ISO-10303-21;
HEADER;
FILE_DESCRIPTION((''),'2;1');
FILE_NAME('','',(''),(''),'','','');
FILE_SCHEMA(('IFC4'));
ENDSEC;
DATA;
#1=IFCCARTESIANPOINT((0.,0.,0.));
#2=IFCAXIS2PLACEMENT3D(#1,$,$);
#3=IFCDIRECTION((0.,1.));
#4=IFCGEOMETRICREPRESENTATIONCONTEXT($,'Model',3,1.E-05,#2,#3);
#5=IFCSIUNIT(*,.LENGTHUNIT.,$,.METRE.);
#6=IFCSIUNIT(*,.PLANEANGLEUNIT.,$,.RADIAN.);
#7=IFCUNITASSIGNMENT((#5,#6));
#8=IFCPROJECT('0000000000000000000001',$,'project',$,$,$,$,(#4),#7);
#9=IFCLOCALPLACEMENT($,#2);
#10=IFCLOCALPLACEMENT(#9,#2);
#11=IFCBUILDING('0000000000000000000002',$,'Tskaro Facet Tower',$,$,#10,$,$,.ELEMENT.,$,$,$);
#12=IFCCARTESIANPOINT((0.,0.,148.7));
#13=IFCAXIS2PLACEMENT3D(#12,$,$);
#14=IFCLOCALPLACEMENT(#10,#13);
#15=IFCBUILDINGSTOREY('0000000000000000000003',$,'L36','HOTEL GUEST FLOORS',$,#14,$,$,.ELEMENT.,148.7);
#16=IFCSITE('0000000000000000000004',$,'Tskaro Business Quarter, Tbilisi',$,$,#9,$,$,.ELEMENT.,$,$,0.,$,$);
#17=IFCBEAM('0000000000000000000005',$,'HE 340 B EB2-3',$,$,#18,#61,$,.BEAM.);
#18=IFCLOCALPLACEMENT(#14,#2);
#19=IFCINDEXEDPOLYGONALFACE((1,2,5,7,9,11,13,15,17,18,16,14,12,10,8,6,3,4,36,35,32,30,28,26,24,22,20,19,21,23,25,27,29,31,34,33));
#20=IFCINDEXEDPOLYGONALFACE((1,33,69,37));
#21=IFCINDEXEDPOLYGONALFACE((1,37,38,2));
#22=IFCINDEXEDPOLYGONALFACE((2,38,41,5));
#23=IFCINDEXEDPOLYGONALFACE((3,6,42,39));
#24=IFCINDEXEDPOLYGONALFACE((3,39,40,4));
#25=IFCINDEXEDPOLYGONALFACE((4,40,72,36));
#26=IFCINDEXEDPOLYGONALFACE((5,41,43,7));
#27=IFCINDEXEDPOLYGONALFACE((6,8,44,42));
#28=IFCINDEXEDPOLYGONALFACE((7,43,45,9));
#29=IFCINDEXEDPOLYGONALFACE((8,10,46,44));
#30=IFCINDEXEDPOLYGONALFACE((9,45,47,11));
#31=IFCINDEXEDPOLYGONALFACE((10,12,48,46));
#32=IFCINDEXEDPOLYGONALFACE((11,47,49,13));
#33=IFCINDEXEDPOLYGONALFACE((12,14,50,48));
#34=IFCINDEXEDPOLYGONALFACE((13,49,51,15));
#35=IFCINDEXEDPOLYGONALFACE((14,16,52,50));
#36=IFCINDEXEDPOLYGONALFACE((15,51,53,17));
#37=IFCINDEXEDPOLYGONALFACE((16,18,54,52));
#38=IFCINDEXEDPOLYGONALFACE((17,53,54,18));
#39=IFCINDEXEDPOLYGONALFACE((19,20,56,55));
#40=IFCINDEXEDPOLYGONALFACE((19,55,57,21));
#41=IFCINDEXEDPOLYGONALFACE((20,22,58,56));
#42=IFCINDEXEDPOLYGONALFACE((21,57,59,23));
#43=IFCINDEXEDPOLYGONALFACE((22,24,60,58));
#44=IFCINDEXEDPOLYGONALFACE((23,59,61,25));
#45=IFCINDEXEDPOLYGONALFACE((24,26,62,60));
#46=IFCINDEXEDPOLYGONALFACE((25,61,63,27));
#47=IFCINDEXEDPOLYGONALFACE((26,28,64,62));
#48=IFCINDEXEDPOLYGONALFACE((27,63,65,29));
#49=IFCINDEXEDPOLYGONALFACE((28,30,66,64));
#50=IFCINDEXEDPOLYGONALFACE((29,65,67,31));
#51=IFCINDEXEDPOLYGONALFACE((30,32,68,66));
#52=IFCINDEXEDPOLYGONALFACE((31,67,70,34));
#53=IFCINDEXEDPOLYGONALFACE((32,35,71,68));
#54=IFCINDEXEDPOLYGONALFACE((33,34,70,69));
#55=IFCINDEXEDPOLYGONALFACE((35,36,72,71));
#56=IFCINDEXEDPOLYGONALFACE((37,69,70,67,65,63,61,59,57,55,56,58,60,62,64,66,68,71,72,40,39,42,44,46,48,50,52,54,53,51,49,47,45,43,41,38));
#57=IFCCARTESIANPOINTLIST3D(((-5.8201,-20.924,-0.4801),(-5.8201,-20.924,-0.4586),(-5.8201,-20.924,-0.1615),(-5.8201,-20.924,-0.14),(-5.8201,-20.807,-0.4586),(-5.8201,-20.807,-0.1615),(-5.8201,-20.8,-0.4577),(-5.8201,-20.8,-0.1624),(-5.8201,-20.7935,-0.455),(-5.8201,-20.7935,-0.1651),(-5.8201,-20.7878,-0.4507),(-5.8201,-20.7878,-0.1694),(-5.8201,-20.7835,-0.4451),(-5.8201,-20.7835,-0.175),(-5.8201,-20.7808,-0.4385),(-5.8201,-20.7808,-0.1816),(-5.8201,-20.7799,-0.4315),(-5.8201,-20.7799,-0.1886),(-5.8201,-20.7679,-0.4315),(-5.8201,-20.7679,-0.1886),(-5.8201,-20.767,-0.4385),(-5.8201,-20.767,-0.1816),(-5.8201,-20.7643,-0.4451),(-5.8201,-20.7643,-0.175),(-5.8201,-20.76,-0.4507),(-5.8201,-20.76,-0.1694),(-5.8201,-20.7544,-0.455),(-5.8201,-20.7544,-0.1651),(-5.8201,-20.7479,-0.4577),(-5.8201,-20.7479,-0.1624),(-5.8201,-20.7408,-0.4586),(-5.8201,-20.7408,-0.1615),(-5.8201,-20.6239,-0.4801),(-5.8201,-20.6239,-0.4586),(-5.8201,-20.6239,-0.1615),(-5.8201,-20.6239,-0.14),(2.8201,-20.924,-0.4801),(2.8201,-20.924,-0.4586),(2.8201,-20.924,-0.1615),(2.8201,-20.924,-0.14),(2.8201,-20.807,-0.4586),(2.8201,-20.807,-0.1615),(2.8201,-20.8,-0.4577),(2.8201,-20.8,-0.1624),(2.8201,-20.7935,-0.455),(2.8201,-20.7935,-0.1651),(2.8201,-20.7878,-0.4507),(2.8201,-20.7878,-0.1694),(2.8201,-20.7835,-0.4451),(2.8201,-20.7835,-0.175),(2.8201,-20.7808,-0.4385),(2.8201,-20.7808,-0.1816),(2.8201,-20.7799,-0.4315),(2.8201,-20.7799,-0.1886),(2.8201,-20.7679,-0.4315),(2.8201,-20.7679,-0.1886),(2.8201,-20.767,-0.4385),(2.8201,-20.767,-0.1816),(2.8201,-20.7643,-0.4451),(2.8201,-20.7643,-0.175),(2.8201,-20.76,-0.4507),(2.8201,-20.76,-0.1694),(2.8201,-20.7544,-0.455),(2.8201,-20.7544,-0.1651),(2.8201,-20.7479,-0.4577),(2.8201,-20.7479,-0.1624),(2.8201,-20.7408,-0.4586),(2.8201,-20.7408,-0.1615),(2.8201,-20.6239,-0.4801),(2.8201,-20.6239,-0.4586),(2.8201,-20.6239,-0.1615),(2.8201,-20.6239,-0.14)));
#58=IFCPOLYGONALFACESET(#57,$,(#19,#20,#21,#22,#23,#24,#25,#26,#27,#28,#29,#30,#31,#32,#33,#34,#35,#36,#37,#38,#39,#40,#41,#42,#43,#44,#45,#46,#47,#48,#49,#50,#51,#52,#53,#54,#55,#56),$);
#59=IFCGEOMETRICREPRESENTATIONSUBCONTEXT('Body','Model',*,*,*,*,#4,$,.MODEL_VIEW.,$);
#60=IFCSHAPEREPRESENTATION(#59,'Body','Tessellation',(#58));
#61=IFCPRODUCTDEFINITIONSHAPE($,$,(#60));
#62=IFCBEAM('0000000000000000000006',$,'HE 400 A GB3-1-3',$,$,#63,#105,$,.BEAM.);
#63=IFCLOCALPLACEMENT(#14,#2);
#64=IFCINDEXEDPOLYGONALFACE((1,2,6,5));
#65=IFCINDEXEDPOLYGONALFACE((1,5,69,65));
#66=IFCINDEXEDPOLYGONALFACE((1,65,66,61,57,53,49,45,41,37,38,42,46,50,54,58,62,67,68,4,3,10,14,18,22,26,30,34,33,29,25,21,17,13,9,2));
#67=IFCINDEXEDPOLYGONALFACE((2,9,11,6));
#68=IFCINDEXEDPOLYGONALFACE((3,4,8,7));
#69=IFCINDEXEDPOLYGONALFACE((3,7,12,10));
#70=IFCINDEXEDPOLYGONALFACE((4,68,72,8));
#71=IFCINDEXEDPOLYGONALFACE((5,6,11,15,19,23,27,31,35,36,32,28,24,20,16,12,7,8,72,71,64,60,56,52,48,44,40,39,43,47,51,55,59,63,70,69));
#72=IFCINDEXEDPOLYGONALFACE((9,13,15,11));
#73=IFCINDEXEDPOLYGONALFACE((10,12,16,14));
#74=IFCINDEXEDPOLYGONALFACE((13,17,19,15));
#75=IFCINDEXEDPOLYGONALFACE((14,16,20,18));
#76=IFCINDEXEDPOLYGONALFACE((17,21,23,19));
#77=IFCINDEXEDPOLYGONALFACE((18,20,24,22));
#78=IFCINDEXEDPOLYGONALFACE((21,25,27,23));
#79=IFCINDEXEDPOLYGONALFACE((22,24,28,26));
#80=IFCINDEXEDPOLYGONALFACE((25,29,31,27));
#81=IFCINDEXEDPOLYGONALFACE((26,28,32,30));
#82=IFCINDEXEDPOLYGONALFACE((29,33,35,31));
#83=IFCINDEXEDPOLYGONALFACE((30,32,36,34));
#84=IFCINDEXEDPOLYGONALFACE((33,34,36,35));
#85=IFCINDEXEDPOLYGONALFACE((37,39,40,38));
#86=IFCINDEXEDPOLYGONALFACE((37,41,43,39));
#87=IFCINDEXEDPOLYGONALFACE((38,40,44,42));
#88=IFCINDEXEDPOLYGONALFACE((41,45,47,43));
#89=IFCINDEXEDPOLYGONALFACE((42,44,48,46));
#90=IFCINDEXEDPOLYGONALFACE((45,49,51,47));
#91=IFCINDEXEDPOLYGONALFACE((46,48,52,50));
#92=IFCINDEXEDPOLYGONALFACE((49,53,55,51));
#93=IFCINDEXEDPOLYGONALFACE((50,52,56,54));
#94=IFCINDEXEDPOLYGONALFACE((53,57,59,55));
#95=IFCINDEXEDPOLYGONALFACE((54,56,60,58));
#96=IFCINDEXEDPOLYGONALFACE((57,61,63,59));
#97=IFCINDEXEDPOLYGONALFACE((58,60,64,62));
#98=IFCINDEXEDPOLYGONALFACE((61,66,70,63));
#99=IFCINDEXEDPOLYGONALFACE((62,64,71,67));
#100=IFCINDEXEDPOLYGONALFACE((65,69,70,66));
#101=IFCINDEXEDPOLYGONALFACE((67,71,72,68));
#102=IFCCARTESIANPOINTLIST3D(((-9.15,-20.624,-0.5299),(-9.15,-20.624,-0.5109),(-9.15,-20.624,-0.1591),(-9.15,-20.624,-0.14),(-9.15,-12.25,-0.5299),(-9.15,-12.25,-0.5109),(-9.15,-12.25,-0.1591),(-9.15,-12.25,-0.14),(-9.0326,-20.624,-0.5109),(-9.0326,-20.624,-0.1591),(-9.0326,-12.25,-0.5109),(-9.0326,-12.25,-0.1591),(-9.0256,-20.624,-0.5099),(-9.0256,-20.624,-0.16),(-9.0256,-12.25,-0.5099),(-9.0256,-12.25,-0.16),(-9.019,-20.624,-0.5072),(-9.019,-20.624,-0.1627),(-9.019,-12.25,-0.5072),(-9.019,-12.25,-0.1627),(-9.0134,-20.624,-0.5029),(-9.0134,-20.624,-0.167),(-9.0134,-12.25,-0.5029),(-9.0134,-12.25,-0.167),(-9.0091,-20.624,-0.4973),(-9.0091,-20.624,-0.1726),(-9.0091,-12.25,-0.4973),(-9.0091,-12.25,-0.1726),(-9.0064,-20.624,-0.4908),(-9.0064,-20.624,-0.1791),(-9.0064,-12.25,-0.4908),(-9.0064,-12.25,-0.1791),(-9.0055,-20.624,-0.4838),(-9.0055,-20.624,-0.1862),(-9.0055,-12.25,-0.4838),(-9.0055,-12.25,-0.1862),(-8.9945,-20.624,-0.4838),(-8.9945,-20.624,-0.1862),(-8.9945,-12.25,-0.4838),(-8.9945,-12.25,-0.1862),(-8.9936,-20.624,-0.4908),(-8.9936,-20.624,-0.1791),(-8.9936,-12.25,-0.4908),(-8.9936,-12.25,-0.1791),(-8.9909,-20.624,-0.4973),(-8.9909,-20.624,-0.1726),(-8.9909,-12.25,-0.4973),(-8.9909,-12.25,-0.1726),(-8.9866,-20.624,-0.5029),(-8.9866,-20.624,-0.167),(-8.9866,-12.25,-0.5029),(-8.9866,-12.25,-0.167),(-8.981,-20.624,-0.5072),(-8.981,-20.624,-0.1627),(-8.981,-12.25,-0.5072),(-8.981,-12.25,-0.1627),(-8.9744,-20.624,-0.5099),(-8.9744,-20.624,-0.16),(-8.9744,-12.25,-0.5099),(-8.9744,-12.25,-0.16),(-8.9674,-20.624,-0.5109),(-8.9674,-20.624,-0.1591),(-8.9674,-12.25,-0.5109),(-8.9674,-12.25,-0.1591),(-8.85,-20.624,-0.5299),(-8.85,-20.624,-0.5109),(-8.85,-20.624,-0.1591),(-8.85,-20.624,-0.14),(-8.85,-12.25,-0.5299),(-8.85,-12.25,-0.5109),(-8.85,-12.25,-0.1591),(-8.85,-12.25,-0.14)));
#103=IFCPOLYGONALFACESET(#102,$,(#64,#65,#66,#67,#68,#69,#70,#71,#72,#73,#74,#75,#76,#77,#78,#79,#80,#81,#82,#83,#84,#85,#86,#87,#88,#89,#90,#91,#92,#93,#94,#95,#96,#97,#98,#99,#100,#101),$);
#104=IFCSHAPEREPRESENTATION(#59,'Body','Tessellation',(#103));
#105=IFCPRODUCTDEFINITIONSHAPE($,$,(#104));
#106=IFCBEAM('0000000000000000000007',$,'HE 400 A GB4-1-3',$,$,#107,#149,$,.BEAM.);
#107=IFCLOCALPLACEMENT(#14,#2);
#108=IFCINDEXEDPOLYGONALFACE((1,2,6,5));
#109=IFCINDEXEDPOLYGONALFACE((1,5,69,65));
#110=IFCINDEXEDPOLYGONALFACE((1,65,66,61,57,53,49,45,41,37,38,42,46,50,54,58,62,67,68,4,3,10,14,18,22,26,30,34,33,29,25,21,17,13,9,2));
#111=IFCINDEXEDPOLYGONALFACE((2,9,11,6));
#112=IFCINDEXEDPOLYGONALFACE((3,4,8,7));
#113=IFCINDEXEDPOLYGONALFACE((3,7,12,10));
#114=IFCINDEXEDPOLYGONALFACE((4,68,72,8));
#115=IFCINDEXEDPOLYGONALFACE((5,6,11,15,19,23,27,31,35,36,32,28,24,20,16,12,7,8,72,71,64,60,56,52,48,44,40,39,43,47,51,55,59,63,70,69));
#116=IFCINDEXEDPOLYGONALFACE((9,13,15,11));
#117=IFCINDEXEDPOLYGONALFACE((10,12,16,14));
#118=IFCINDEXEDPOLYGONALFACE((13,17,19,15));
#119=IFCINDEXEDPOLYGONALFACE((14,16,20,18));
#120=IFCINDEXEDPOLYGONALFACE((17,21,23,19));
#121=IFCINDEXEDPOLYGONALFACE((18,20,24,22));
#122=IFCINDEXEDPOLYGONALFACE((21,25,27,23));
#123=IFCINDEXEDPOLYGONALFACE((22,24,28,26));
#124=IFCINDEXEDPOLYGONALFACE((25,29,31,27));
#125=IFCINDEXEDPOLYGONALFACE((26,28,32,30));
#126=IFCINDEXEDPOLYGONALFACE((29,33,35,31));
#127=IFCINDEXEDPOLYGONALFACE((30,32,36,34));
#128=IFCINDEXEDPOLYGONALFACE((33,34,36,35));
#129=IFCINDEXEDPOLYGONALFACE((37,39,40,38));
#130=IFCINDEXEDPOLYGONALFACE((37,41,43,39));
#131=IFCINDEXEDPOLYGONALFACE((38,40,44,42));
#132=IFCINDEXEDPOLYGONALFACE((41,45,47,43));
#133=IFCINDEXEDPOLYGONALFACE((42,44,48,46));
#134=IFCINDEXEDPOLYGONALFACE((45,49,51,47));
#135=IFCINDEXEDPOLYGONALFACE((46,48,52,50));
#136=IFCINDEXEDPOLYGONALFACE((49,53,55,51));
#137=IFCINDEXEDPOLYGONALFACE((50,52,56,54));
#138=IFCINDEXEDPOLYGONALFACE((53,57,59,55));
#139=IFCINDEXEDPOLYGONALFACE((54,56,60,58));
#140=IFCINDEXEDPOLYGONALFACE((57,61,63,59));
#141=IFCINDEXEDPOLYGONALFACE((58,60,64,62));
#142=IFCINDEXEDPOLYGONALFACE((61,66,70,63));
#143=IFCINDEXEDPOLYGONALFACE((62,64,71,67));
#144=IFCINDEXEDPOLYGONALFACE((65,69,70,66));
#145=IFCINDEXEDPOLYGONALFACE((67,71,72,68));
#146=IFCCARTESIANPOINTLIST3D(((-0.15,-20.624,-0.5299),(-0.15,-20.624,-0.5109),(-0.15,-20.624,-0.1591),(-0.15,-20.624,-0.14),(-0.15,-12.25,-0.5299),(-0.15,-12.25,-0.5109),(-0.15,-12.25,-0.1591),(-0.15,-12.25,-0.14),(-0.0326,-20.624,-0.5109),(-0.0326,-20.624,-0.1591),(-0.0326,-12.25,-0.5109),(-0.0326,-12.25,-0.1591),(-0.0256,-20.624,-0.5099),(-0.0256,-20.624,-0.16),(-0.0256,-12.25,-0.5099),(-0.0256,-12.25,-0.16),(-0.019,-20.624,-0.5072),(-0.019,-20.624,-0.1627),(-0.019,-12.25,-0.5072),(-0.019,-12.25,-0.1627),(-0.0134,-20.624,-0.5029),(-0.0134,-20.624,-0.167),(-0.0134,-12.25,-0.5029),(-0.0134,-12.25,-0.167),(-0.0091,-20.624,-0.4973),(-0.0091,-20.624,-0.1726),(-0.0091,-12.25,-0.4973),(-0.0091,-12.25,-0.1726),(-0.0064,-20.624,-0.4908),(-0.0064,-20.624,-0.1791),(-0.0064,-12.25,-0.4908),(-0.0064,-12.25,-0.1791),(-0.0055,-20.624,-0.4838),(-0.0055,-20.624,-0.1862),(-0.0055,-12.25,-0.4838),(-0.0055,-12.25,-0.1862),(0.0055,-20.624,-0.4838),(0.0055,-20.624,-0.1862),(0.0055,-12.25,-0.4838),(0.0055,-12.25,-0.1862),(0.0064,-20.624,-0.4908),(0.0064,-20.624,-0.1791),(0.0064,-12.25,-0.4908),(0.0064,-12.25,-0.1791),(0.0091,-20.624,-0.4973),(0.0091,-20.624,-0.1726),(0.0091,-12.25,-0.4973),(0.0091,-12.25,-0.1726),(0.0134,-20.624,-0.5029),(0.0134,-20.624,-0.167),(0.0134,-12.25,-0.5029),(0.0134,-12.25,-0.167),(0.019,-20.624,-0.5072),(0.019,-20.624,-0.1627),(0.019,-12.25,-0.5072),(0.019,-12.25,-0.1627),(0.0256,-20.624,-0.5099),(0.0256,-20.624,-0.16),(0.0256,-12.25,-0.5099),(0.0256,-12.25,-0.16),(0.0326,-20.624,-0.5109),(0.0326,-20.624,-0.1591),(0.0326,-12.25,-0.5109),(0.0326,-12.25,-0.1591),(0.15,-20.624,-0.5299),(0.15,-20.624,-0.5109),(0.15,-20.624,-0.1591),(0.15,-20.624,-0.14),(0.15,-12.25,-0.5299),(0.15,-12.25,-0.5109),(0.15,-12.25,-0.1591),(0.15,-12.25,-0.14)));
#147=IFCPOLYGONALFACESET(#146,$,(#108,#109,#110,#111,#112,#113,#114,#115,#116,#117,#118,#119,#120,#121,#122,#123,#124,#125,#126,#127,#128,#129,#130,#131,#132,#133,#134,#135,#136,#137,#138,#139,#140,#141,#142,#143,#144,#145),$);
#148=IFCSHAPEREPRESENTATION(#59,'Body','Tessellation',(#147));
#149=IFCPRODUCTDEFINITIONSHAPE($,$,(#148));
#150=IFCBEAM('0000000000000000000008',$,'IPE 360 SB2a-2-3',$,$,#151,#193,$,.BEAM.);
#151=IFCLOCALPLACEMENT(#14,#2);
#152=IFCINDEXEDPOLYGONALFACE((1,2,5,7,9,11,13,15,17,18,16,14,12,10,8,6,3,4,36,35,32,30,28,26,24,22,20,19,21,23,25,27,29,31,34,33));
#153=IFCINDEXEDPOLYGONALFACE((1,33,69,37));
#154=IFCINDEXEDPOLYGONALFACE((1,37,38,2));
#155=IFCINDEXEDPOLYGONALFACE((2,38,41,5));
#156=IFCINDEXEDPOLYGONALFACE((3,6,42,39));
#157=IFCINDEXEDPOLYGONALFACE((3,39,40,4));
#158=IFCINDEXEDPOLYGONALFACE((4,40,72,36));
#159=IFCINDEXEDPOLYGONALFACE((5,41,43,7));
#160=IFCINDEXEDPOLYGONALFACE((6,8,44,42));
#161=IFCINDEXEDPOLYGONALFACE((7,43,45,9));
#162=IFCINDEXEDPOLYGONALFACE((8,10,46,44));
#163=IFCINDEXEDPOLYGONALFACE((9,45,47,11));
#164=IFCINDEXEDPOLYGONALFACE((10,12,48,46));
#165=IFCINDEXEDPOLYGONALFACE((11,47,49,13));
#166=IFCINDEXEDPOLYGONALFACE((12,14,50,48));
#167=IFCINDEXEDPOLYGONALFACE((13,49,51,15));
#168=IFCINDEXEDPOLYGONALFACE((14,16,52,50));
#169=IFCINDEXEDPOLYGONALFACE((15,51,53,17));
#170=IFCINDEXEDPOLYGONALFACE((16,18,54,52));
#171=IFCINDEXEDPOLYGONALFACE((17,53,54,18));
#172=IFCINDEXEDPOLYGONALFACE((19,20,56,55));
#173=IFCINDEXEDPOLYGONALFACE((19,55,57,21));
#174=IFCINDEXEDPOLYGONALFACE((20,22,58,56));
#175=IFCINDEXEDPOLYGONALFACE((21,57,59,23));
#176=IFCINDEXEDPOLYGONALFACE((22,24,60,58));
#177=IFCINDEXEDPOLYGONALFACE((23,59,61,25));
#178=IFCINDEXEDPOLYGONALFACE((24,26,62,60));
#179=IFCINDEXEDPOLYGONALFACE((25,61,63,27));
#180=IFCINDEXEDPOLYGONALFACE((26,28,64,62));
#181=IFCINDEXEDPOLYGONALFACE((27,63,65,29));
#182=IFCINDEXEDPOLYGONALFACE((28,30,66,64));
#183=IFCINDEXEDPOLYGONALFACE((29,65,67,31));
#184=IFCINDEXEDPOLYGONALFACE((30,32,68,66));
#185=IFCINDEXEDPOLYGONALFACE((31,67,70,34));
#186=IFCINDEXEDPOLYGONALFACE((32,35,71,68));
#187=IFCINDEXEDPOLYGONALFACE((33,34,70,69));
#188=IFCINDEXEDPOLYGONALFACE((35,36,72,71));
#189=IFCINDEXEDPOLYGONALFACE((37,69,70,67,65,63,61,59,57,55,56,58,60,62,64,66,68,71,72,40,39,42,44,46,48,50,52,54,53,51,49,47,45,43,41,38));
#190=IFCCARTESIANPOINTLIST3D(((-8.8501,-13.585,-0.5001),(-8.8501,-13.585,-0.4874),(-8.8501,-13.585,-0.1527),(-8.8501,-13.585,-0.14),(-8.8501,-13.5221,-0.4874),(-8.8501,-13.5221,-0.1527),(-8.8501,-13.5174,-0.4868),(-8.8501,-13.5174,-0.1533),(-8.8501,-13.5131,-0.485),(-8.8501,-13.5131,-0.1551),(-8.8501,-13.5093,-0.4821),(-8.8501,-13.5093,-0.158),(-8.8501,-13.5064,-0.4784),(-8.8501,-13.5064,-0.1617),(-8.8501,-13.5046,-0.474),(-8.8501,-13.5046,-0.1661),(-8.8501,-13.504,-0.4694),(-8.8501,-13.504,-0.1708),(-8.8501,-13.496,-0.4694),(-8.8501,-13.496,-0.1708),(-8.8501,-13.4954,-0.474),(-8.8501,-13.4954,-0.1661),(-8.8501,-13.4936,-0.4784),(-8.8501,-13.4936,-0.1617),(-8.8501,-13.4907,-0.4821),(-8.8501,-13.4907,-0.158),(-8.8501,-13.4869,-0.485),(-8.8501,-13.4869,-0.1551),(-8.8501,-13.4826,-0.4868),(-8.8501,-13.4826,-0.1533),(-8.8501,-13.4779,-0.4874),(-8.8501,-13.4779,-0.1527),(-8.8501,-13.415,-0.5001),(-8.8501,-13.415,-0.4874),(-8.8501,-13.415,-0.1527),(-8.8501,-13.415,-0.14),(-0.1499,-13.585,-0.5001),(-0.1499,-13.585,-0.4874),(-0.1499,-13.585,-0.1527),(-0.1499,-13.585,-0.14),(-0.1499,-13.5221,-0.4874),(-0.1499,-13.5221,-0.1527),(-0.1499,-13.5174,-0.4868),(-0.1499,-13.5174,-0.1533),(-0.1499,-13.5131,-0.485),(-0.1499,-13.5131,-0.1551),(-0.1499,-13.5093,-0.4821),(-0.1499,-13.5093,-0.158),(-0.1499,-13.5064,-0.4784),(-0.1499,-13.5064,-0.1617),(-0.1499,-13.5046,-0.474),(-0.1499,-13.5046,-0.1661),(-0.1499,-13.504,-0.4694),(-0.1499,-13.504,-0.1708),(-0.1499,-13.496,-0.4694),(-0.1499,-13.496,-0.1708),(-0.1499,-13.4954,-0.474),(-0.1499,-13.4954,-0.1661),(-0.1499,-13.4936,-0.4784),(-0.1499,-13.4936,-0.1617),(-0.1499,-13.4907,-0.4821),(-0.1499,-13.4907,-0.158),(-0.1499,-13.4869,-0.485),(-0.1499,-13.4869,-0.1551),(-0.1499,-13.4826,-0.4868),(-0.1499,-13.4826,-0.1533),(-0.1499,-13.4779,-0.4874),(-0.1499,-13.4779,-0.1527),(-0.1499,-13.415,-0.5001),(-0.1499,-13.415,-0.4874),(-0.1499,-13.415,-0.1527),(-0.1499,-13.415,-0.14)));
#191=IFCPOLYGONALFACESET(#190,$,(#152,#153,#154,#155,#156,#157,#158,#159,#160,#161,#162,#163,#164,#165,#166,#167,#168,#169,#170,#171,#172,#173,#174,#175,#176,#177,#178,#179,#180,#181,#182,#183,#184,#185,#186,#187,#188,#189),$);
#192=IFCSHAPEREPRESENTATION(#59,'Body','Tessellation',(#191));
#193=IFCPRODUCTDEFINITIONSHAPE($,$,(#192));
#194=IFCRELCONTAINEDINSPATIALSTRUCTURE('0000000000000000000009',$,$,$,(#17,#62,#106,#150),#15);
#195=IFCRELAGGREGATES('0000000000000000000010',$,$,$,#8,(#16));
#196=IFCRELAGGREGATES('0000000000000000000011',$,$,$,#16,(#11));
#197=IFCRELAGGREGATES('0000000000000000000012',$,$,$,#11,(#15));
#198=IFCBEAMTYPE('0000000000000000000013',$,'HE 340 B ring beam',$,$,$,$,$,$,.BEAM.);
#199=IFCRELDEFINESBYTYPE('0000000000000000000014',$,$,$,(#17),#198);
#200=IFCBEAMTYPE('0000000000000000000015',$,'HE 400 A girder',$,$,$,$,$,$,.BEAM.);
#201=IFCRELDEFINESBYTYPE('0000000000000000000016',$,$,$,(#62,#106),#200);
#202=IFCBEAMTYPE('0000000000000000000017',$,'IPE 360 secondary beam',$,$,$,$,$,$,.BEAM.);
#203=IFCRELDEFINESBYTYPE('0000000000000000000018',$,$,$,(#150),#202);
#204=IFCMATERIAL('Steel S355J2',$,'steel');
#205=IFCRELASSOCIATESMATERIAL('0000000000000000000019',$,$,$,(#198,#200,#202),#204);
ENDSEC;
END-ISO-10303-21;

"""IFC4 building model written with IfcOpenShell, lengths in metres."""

from ifc_helpers import new_model, si_unit, direction, frame, origin, origin_2d, place, context, subcontext, project, spatial, i_section, extrude, material, material_profile, profile_set, type_object, element, save


model = new_model("IFC4")

# Units and contexts
model_context = context("Model", 3, precision=1e-05, world=origin(), true_north=direction((0.0, 1.0)))
body_context = subcontext(model_context, "Body", "Model", "MODEL_VIEW")
ifc_project = project(units=[si_unit("LENGTHUNIT", "METRE"), si_unit("PLANEANGLEUNIT", "RADIAN")], contexts=[model_context])

# Site, building, storey
site_placement = place(None, origin())
site = spatial("IfcSite", under=ifc_project, at=site_placement, Name="Tskaro Business Quarter, Tbilisi", CompositionType="ELEMENT", RefElevation=0.0)
building_placement = place(site_placement, origin())
building = spatial("IfcBuilding", under=site, at=building_placement, Name="Tskaro Facet Tower", CompositionType="ELEMENT")
storey_placement = place(building_placement, frame((0.0, 0.0, 148.7)))
storey = spatial("IfcBuildingStorey", under=building, at=storey_placement, Name="L36", Description="HOTEL GUEST FLOORS", CompositionType="ELEMENT", Elevation=148.7)

# Beams
ifc_material_1 = material(Name="Steel S355J2", Category="steel")
ifc_material_profile_1 = material_profile(ifc_material_1, i_section(OverallWidth=0.3, OverallDepth=0.3401, WebThickness=0.012, FlangeThickness=0.0215, FilletRadius=0.0271, at=origin_2d()), Name="HE 340 B")
ifc_profile_set_1 = profile_set([ifc_material_profile_1], Name="Steel S355J2")
beam_type_1 = type_object("IfcBeamType", Name="HE 340 B ring beam", PredefinedType="BEAM", material=ifc_profile_set_1)
beam_placement = place(storey_placement, frame((-5.8201, -20.7739, -0.3101), z_axis=(1.0, 0.0, 0.0), x_axis=(0.0, 1.0, 0.0)))
element("IfcBeam", 1, at=beam_placement, inside=storey, type_object=beam_type_1, Name="HE 340 B EB2-3", PredefinedType="BEAM", context=body_context, shape_type="SweptSolid", body=[
    extrude(i_section(OverallWidth=0.3, OverallDepth=0.3401, WebThickness=0.012, FlangeThickness=0.0215, FilletRadius=0.0271, at=origin_2d()), origin(), (0.0, 0.0, 1.0), 8.6401),
])
ifc_material_profile_2 = material_profile(ifc_material_1, i_section(OverallWidth=0.3, OverallDepth=0.3899, WebThickness=0.011, FlangeThickness=0.019, FilletRadius=0.0271, at=origin_2d()), Name="HE 400 A")
ifc_profile_set_2 = profile_set([ifc_material_profile_2], Name="Steel S355J2")
beam_type_2 = type_object("IfcBeamType", Name="HE 400 A girder", PredefinedType="BEAM", material=ifc_profile_set_2)
for number, where, z_axis, x_axis, name in (
    (2, (-9.0, -20.624, -0.335), (0.0, 1.0, 0.0), (-1.0, 0.0, 0.0), "HE 400 A GB3-1-3"),
    (3, (0.0, -20.624, -0.335), (0.0, 1.0, 0.0), (-1.0, 0.0, 0.0), "HE 400 A GB4-1-3"),
):
    element("IfcBeam", number, at=place(storey_placement, frame(where, z_axis=z_axis, x_axis=x_axis)), inside=storey, type_object=beam_type_2, Name=name, PredefinedType="BEAM", context=body_context, shape_type="SweptSolid", body=[
        extrude(i_section(OverallWidth=0.3, OverallDepth=0.3899, WebThickness=0.011, FlangeThickness=0.019, FilletRadius=0.0271, at=origin_2d()), origin(), (0.0, 0.0, 1.0), 8.374),
    ])
ifc_material_profile_3 = material_profile(ifc_material_1, i_section(OverallWidth=0.1699, OverallDepth=0.3601, WebThickness=0.0081, FlangeThickness=0.0127, FilletRadius=0.0181, at=origin_2d()), Name="IPE 360")
ifc_profile_set_3 = profile_set([ifc_material_profile_3], Name="Steel S355J2")
beam_type_3 = type_object("IfcBeamType", Name="IPE 360 secondary beam", PredefinedType="BEAM", material=ifc_profile_set_3)
for number, where, z_axis, x_axis, name in (
    (4, (-8.8501, -13.5, -0.3201), (1.0, 0.0, 0.0), (0.0, 1.0, 0.0), "IPE 360 SB2a-2-3"),
):
    element("IfcBeam", number, at=place(storey_placement, frame(where, z_axis=z_axis, x_axis=x_axis)), inside=storey, type_object=beam_type_3, Name=name, PredefinedType="BEAM", context=body_context, shape_type="SweptSolid", body=[
        extrude(i_section(OverallWidth=0.1699, OverallDepth=0.3601, WebThickness=0.0081, FlangeThickness=0.0127, FilletRadius=0.0181, at=origin_2d()), origin(), (0.0, 0.0, 1.0), 8.7002),
    ])

save(model, "model.ifc")
